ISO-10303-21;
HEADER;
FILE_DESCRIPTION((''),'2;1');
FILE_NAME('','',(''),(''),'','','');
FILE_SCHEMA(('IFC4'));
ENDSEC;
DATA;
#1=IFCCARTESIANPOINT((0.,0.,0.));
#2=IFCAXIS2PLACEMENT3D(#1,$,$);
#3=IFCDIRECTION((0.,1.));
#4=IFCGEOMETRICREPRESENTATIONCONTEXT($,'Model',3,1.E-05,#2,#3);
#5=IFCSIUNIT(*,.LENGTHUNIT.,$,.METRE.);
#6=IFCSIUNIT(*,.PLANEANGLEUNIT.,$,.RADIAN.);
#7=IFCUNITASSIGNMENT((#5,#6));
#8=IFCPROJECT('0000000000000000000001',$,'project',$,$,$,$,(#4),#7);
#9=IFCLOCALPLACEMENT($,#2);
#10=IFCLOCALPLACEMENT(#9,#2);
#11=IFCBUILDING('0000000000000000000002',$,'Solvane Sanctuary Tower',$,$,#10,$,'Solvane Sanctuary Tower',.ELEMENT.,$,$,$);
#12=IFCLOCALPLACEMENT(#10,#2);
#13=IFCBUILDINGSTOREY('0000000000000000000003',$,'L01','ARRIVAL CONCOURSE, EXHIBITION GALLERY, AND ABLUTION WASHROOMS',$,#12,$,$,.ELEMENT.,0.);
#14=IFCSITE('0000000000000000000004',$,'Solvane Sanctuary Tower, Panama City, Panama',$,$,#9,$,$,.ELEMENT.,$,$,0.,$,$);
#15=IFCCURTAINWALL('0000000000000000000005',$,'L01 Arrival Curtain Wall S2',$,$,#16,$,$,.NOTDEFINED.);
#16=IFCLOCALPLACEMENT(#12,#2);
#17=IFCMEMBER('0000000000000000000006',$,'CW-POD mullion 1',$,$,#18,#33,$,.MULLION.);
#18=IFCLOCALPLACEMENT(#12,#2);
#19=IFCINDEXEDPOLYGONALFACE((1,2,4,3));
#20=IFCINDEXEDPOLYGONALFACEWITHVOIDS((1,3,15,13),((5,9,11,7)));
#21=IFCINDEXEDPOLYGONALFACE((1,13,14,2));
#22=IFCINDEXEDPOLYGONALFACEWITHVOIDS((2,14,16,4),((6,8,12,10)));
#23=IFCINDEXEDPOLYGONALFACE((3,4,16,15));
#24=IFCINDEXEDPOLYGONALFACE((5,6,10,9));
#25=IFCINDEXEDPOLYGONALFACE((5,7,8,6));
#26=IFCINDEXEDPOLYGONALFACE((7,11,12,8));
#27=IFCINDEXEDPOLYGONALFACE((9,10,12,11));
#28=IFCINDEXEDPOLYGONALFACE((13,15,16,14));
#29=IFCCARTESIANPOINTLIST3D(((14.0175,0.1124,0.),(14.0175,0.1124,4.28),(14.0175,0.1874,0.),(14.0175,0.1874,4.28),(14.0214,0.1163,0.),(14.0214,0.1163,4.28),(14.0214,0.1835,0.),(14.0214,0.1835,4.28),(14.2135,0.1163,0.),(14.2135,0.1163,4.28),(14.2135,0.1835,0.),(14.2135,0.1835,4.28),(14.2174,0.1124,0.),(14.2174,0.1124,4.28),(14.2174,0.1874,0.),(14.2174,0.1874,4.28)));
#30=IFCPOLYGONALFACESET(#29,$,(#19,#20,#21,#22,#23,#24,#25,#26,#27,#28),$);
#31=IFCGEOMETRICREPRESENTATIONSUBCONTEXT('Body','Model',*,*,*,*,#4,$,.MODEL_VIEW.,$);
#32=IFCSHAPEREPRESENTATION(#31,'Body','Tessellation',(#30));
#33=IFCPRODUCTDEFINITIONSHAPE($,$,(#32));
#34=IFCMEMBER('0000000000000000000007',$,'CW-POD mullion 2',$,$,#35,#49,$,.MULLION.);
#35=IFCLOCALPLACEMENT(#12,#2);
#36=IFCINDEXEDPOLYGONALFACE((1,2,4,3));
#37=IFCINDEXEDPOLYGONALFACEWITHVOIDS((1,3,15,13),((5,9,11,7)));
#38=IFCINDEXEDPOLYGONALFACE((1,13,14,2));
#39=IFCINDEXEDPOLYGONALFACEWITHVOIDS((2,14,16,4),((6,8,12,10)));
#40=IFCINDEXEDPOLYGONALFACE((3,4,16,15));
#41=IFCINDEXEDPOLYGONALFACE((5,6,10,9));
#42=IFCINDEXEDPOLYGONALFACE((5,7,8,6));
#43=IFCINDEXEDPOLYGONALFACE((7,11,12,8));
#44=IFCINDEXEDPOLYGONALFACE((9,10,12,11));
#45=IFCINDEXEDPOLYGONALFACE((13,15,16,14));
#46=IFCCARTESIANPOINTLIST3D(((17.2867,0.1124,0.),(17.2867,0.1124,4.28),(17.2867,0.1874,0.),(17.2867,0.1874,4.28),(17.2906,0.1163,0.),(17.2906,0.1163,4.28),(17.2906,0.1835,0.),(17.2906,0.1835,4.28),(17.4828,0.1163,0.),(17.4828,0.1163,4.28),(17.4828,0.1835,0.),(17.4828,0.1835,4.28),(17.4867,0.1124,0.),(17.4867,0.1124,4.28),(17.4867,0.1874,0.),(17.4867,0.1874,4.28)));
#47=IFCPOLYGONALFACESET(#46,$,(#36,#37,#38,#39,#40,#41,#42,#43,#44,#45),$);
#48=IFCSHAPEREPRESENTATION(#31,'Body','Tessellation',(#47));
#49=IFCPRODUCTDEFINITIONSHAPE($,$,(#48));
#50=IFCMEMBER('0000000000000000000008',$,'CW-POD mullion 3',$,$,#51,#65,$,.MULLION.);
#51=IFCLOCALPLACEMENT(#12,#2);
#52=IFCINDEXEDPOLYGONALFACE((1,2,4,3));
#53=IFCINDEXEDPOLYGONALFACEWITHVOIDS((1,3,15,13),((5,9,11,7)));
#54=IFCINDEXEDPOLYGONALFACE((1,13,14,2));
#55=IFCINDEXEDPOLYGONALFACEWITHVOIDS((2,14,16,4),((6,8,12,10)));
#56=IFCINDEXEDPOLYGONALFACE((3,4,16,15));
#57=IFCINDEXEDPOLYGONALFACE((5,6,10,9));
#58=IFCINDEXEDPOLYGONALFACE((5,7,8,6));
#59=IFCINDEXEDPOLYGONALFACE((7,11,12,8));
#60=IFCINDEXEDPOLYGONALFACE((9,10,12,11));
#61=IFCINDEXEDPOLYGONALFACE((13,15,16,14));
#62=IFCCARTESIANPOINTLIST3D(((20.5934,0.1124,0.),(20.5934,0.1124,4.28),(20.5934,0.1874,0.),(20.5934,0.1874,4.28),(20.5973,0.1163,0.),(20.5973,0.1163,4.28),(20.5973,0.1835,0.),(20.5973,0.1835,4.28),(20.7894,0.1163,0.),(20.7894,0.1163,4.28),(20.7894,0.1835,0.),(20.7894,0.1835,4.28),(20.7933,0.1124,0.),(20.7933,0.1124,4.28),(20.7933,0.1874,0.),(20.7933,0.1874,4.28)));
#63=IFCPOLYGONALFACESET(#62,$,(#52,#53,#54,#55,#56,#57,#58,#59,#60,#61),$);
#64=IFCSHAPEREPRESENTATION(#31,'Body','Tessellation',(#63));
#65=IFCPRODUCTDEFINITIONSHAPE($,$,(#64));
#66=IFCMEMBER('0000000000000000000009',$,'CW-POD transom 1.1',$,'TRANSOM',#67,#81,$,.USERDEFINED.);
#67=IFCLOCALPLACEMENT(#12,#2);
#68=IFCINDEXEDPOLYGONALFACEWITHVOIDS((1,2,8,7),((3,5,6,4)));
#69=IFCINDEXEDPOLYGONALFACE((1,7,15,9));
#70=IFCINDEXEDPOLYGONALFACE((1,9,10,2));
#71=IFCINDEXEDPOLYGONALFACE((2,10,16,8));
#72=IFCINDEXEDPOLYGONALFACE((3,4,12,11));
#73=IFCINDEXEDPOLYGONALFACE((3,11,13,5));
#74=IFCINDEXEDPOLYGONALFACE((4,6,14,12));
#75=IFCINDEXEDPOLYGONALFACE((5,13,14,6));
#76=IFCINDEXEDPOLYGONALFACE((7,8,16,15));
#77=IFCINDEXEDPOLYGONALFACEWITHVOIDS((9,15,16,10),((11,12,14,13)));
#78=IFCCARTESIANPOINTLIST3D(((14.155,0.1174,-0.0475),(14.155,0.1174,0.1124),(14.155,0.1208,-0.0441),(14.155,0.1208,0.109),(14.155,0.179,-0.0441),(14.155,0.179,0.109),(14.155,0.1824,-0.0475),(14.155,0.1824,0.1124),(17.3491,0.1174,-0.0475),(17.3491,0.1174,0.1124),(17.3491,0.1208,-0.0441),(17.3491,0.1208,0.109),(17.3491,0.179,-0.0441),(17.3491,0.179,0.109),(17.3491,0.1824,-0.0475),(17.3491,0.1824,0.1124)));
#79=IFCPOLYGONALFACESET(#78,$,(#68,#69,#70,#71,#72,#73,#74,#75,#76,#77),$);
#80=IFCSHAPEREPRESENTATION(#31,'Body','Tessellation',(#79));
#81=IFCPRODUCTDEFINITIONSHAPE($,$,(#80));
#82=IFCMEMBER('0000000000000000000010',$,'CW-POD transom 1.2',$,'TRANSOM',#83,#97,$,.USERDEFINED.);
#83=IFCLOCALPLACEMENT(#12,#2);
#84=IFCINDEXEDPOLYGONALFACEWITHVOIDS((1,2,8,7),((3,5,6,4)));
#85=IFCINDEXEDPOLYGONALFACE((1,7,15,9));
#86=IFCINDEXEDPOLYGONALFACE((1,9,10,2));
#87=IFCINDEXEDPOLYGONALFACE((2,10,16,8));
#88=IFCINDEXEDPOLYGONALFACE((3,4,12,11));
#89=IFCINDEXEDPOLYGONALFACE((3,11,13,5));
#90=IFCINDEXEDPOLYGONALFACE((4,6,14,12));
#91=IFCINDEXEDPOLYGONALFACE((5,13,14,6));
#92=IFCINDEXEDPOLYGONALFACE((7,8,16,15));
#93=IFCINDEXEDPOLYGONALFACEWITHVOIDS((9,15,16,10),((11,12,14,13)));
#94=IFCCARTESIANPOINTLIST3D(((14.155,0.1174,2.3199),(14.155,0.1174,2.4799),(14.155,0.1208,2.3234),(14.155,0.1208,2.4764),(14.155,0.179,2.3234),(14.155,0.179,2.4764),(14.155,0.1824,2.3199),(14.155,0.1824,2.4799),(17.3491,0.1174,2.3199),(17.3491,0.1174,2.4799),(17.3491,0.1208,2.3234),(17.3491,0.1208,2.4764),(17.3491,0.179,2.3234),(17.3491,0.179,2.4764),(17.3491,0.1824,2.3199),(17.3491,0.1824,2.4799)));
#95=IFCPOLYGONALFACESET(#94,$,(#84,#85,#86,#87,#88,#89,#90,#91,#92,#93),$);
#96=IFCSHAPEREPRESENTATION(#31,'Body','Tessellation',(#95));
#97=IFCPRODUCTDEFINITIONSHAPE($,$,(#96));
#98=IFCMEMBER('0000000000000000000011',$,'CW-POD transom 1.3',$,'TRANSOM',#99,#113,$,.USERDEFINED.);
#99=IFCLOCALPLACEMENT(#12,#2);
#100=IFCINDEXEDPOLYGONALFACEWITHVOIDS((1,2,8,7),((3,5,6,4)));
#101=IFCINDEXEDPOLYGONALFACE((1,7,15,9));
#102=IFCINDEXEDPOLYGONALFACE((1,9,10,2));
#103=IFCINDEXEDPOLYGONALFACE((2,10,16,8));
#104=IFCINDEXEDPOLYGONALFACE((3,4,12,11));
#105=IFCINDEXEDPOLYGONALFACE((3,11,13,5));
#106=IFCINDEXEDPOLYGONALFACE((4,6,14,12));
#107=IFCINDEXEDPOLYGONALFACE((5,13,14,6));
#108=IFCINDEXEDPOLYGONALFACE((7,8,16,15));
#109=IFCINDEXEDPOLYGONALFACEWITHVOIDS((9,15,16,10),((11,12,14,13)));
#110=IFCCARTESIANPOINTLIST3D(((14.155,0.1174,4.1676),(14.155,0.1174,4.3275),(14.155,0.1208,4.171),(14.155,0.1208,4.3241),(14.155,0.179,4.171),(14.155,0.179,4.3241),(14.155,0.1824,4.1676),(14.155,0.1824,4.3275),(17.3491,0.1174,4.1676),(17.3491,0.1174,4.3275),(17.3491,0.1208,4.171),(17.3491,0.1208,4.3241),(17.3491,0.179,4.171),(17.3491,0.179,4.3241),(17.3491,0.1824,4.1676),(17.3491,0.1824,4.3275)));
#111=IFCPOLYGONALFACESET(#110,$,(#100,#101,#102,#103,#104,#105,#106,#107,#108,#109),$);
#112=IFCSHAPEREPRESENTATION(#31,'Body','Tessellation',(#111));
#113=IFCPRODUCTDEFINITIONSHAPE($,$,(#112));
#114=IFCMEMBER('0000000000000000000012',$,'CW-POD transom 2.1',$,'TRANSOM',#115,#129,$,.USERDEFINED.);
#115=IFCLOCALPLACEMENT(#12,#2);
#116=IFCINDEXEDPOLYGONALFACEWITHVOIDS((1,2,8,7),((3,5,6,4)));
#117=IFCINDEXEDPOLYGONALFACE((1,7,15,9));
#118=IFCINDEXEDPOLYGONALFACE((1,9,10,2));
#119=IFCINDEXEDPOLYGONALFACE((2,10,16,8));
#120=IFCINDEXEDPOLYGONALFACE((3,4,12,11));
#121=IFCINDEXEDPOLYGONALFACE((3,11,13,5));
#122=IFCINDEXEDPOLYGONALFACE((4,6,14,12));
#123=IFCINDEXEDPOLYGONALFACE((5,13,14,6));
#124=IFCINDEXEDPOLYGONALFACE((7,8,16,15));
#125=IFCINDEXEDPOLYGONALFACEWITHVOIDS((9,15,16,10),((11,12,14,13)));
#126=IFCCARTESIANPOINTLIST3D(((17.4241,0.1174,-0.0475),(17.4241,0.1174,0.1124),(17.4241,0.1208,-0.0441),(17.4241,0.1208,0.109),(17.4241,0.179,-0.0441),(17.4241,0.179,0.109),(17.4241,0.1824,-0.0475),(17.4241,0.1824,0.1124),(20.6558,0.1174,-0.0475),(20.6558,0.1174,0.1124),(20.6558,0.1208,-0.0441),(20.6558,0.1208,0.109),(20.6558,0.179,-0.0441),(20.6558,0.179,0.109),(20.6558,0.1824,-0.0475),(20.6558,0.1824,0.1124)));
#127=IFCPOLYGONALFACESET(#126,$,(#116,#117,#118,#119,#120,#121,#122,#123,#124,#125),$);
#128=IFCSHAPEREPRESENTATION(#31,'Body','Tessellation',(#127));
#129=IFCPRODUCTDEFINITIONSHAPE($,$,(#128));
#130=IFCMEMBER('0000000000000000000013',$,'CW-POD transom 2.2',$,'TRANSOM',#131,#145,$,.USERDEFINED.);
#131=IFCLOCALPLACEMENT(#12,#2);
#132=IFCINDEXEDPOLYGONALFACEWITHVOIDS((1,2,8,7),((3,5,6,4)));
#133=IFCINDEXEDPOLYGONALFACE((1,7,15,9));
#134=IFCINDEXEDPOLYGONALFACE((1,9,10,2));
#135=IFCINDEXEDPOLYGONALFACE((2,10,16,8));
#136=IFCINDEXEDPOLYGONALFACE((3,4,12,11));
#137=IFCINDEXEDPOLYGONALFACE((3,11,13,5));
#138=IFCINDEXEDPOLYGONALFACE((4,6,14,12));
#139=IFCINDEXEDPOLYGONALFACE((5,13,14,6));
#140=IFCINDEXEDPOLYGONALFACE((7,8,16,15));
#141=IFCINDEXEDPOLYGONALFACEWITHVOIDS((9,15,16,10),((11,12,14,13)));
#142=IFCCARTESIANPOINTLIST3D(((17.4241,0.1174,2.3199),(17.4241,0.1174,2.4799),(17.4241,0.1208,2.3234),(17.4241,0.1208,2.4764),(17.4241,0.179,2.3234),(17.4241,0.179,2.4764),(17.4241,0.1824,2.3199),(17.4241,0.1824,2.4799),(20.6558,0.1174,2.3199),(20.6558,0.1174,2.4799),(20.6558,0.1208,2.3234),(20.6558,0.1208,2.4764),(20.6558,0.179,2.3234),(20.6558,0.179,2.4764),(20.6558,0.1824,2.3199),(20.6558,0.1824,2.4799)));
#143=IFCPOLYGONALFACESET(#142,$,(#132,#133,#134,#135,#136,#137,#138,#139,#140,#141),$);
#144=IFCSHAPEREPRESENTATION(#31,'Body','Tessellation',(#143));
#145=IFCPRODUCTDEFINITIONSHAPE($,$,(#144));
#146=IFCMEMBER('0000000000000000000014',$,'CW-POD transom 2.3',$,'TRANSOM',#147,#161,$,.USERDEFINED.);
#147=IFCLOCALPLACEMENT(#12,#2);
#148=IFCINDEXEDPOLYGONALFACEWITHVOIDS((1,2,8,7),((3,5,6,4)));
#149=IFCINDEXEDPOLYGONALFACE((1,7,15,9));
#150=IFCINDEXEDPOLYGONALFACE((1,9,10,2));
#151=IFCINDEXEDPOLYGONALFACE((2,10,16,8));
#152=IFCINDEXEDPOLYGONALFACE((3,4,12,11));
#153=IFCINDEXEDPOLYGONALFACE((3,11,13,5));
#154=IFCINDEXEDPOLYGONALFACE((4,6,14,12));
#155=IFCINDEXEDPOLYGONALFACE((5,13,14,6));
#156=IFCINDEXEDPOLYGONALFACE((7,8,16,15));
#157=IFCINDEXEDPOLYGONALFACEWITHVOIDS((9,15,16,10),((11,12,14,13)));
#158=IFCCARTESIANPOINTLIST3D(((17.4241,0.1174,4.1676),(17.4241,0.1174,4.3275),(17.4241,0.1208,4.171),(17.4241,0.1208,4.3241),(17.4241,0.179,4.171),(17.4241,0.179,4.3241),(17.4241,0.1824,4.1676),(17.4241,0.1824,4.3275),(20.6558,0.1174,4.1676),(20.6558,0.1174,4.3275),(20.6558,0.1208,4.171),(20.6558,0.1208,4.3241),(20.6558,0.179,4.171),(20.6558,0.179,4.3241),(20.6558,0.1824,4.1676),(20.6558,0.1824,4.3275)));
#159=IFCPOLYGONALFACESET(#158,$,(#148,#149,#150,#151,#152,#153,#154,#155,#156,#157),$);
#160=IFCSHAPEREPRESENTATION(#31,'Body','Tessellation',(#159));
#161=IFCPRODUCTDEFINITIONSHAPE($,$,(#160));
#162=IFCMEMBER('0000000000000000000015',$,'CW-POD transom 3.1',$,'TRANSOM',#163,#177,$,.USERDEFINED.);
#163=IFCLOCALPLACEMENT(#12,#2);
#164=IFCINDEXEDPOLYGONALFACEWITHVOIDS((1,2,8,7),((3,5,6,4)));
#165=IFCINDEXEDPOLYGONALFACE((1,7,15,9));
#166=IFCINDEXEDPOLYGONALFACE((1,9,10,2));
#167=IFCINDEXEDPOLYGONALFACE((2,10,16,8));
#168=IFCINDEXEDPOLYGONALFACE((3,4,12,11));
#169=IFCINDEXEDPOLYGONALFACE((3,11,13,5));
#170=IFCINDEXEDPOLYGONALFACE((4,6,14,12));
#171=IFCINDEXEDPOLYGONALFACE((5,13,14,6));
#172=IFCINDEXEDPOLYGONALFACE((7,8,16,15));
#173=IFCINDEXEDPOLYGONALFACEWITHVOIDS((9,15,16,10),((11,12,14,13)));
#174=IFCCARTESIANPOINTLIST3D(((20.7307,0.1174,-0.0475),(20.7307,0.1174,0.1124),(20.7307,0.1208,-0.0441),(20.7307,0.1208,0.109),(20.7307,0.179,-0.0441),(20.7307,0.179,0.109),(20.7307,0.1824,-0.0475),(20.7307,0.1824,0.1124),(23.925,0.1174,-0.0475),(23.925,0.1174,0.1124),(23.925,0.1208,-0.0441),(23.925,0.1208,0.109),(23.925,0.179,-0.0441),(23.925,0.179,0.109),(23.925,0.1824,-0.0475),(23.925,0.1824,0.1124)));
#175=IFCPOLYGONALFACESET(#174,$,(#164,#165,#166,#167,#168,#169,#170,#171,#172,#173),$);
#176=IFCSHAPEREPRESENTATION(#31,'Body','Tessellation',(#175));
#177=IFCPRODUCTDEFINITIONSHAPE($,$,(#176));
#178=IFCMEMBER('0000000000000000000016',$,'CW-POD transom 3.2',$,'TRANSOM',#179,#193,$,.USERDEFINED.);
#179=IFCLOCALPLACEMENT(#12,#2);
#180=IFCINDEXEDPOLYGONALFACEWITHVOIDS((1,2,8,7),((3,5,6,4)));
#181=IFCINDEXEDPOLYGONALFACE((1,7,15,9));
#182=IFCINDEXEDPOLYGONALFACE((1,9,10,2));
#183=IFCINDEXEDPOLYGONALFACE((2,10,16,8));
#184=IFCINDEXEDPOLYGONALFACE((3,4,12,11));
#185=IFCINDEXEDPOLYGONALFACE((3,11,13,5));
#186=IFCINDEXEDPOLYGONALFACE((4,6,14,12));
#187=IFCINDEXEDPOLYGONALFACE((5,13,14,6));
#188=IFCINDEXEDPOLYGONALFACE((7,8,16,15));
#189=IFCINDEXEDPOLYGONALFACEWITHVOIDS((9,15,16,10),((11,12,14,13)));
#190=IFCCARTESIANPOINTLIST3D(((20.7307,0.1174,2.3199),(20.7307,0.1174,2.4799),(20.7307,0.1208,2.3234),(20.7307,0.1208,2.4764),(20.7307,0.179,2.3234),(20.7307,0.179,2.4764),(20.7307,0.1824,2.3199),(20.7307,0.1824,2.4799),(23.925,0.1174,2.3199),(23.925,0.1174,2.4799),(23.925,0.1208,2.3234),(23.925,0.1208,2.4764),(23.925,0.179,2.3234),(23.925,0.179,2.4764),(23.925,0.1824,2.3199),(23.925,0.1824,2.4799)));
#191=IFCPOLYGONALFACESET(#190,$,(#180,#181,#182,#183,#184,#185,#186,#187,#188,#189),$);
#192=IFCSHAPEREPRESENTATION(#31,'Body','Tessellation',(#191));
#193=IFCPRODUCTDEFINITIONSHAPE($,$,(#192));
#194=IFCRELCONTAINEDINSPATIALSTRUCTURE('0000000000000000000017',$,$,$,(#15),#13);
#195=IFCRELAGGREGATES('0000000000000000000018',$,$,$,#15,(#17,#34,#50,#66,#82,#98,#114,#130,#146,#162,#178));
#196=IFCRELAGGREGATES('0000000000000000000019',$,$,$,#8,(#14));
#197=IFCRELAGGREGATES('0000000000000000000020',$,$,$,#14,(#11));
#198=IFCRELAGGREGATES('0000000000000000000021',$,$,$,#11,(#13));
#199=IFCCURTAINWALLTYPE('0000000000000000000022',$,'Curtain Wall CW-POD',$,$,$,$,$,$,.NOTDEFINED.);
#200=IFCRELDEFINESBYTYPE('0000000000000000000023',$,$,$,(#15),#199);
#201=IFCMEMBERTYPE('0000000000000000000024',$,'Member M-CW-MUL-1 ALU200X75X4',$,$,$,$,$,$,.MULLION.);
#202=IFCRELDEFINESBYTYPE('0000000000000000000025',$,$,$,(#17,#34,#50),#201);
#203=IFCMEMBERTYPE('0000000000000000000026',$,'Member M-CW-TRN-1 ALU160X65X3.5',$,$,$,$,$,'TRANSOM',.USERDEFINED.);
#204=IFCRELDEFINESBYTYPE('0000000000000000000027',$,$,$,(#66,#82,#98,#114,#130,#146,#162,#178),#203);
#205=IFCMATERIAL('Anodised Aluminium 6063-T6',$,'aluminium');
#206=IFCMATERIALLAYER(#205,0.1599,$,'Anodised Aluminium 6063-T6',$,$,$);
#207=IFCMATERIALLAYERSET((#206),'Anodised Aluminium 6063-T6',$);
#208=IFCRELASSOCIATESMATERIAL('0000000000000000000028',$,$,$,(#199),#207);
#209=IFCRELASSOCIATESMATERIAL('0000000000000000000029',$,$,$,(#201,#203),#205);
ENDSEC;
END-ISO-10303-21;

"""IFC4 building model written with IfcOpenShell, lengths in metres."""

from ifc_helpers import new_model, si_unit, direction, frame, origin, origin_2d, place, context, subcontext, project, spatial, hollow_rectangle, extrude, material, layer, layer_set, material_profile, profile_set, type_object, element, aggregate, save


model = new_model("IFC4")

# Units and contexts
model_context = context("Model", 3, precision=1e-05, world=origin(), true_north=direction((0.0, 1.0)))
body_context = subcontext(model_context, "Body", "Model", "MODEL_VIEW")
ifc_project = project(units=[si_unit("LENGTHUNIT", "METRE"), si_unit("PLANEANGLEUNIT", "RADIAN")], contexts=[model_context])

# Site, building, storey
site_placement = place(None, origin())
site = spatial("IfcSite", under=ifc_project, at=site_placement, Name="Solvane Sanctuary Tower, Panama City, Panama", CompositionType="ELEMENT", RefElevation=0.0)
building_placement = place(site_placement, origin())
building = spatial("IfcBuilding", under=site, at=building_placement, Name="Solvane Sanctuary Tower", LongName="Solvane Sanctuary Tower", CompositionType="ELEMENT")
storey_placement = place(building_placement, origin())
storey = spatial("IfcBuildingStorey", under=building, at=storey_placement, Name="L01", Description="ARRIVAL CONCOURSE, EXHIBITION GALLERY, AND ABLUTION WASHROOMS", CompositionType="ELEMENT", Elevation=0.0)

# Curtain wall, members
ifc_material_1 = material(Name="Anodised Aluminium 6063-T6", Category="aluminium")
ifc_layer_1 = layer(ifc_material_1, 0.1599, Name="Anodised Aluminium 6063-T6")
ifc_layer_set_1 = layer_set([ifc_layer_1], Name="Anodised Aluminium 6063-T6")
curtain_wall_type = type_object("IfcCurtainWallType", Name="Curtain Wall CW-POD", PredefinedType="NOTDEFINED", material=ifc_layer_set_1)
curtain_wall_placement = place(storey_placement, origin())
curtain_wall = element("IfcCurtainWall", 1, at=curtain_wall_placement, inside=storey, type_object=curtain_wall_type, Name="L01 Arrival Curtain Wall S2", PredefinedType="NOTDEFINED")
ifc_material_profile_1 = material_profile(ifc_material_1, hollow_rectangle(XDim=0.075, YDim=0.2, WallThickness=0.0039, at=origin_2d()), Name="ALU200X75X4")
ifc_profile_set_1 = profile_set([ifc_material_profile_1], Name="Anodised Aluminium 6063-T6")
member_type_1 = type_object("IfcMemberType", Name="Member M-CW-MUL-1 ALU200X75X4", PredefinedType="MULLION", material=ifc_profile_set_1)
member_1_placement = place(storey_placement, frame((14.1174, 0.1499, 0.0), z_axis=(0.0, 0.0, 1.0), x_axis=(0.0, 1.0, 0.0)))
member_1 = element("IfcMember", 2, at=member_1_placement, type_object=member_type_1, Name="CW-POD mullion 1", PredefinedType="MULLION", context=body_context, shape_type="SweptSolid", body=[
    extrude(hollow_rectangle(XDim=0.075, YDim=0.2, WallThickness=0.0039, at=origin_2d()), origin(), (0.0, 0.0, 1.0), 4.28),
])
member_2_placement = place(storey_placement, frame((17.3867, 0.1499, 0.0), z_axis=(0.0, 0.0, 1.0), x_axis=(0.0, 1.0, 0.0)))
member_2 = element("IfcMember", 3, at=member_2_placement, type_object=member_type_1, Name="CW-POD mullion 2", PredefinedType="MULLION", context=body_context, shape_type="SweptSolid", body=[
    extrude(hollow_rectangle(XDim=0.075, YDim=0.2, WallThickness=0.0039, at=origin_2d()), origin(), (0.0, 0.0, 1.0), 4.28),
])
member_3_placement = place(storey_placement, frame((20.6934, 0.1499, 0.0), z_axis=(0.0, 0.0, 1.0), x_axis=(0.0, 1.0, 0.0)))
member_3 = element("IfcMember", 4, at=member_3_placement, type_object=member_type_1, Name="CW-POD mullion 3", PredefinedType="MULLION", context=body_context, shape_type="SweptSolid", body=[
    extrude(hollow_rectangle(XDim=0.075, YDim=0.2, WallThickness=0.0039, at=origin_2d()), origin(), (0.0, 0.0, 1.0), 4.28),
])
ifc_material_profile_2 = material_profile(ifc_material_1, hollow_rectangle(XDim=0.0649, YDim=0.1599, WallThickness=0.0034, at=origin_2d()), Name="ALU160X65X3.5")
ifc_profile_set_2 = profile_set([ifc_material_profile_2], Name="Anodised Aluminium 6063-T6")
member_type_2 = type_object("IfcMemberType", Name="Member M-CW-TRN-1 ALU160X65X3.5", ElementType="TRANSOM", PredefinedType="USERDEFINED", material=ifc_profile_set_2)
member_4_placement = place(storey_placement, frame((14.155, 0.1499, 0.0325), z_axis=(1.0, 0.0, 0.0), x_axis=(0.0, 1.0, 0.0)))
member_4 = element("IfcMember", 5, at=member_4_placement, type_object=member_type_2, Name="CW-POD transom 1.1", ObjectType="TRANSOM", PredefinedType="USERDEFINED", context=body_context, shape_type="SweptSolid", body=[
    extrude(hollow_rectangle(XDim=0.0649, YDim=0.1599, WallThickness=0.0034, at=origin_2d()), origin(), (0.0, 0.0, 1.0), 3.1941),
])
member_5_placement = place(storey_placement, frame((14.155, 0.1499, 2.3999), z_axis=(1.0, 0.0, 0.0), x_axis=(0.0, 1.0, 0.0)))
member_5 = element("IfcMember", 6, at=member_5_placement, type_object=member_type_2, Name="CW-POD transom 1.2", ObjectType="TRANSOM", PredefinedType="USERDEFINED", context=body_context, shape_type="SweptSolid", body=[
    extrude(hollow_rectangle(XDim=0.0649, YDim=0.1599, WallThickness=0.0034, at=origin_2d()), origin(), (0.0, 0.0, 1.0), 3.1941),
])
member_6_placement = place(storey_placement, frame((14.155, 0.1499, 4.2476), z_axis=(1.0, 0.0, 0.0), x_axis=(0.0, 1.0, 0.0)))
member_6 = element("IfcMember", 7, at=member_6_placement, type_object=member_type_2, Name="CW-POD transom 1.3", ObjectType="TRANSOM", PredefinedType="USERDEFINED", context=body_context, shape_type="SweptSolid", body=[
    extrude(hollow_rectangle(XDim=0.0649, YDim=0.1599, WallThickness=0.0034, at=origin_2d()), origin(), (0.0, 0.0, 1.0), 3.1941),
])
member_7_placement = place(storey_placement, frame((17.4241, 0.1499, 0.0325), z_axis=(1.0, 0.0, 0.0), x_axis=(0.0, 1.0, 0.0)))
member_7 = element("IfcMember", 8, at=member_7_placement, type_object=member_type_2, Name="CW-POD transom 2.1", ObjectType="TRANSOM", PredefinedType="USERDEFINED", context=body_context, shape_type="SweptSolid", body=[
    extrude(hollow_rectangle(XDim=0.0649, YDim=0.1599, WallThickness=0.0034, at=origin_2d()), origin(), (0.0, 0.0, 1.0), 3.2317),
])
member_8_placement = place(storey_placement, frame((17.4241, 0.1499, 2.3999), z_axis=(1.0, 0.0, 0.0), x_axis=(0.0, 1.0, 0.0)))
member_8 = element("IfcMember", 9, at=member_8_placement, type_object=member_type_2, Name="CW-POD transom 2.2", ObjectType="TRANSOM", PredefinedType="USERDEFINED", context=body_context, shape_type="SweptSolid", body=[
    extrude(hollow_rectangle(XDim=0.0649, YDim=0.1599, WallThickness=0.0034, at=origin_2d()), origin(), (0.0, 0.0, 1.0), 3.2317),
])
member_9_placement = place(storey_placement, frame((17.4241, 0.1499, 4.2476), z_axis=(1.0, 0.0, 0.0), x_axis=(0.0, 1.0, 0.0)))
member_9 = element("IfcMember", 10, at=member_9_placement, type_object=member_type_2, Name="CW-POD transom 2.3", ObjectType="TRANSOM", PredefinedType="USERDEFINED", context=body_context, shape_type="SweptSolid", body=[
    extrude(hollow_rectangle(XDim=0.0649, YDim=0.1599, WallThickness=0.0034, at=origin_2d()), origin(), (0.0, 0.0, 1.0), 3.2317),
])
member_10_placement = place(storey_placement, frame((20.7307, 0.1499, 0.0325), z_axis=(1.0, 0.0, 0.0), x_axis=(0.0, 1.0, 0.0)))
member_10 = element("IfcMember", 11, at=member_10_placement, type_object=member_type_2, Name="CW-POD transom 3.1", ObjectType="TRANSOM", PredefinedType="USERDEFINED", context=body_context, shape_type="SweptSolid", body=[
    extrude(hollow_rectangle(XDim=0.0649, YDim=0.1599, WallThickness=0.0034, at=origin_2d()), origin(), (0.0, 0.0, 1.0), 3.1943),
])
member_11_placement = place(storey_placement, frame((20.7307, 0.1499, 2.3999), z_axis=(1.0, 0.0, 0.0), x_axis=(0.0, 1.0, 0.0)))
member_11 = element("IfcMember", 12, at=member_11_placement, type_object=member_type_2, Name="CW-POD transom 3.2", ObjectType="TRANSOM", PredefinedType="USERDEFINED", context=body_context, shape_type="SweptSolid", body=[
    extrude(hollow_rectangle(XDim=0.0649, YDim=0.1599, WallThickness=0.0034, at=origin_2d()), origin(), (0.0, 0.0, 1.0), 3.1943),
])
aggregate(curtain_wall, [member_1, member_2, member_3, member_4, member_5, member_6, member_7, member_8, member_9, member_10, member_11])

save(model, "model.ifc")
